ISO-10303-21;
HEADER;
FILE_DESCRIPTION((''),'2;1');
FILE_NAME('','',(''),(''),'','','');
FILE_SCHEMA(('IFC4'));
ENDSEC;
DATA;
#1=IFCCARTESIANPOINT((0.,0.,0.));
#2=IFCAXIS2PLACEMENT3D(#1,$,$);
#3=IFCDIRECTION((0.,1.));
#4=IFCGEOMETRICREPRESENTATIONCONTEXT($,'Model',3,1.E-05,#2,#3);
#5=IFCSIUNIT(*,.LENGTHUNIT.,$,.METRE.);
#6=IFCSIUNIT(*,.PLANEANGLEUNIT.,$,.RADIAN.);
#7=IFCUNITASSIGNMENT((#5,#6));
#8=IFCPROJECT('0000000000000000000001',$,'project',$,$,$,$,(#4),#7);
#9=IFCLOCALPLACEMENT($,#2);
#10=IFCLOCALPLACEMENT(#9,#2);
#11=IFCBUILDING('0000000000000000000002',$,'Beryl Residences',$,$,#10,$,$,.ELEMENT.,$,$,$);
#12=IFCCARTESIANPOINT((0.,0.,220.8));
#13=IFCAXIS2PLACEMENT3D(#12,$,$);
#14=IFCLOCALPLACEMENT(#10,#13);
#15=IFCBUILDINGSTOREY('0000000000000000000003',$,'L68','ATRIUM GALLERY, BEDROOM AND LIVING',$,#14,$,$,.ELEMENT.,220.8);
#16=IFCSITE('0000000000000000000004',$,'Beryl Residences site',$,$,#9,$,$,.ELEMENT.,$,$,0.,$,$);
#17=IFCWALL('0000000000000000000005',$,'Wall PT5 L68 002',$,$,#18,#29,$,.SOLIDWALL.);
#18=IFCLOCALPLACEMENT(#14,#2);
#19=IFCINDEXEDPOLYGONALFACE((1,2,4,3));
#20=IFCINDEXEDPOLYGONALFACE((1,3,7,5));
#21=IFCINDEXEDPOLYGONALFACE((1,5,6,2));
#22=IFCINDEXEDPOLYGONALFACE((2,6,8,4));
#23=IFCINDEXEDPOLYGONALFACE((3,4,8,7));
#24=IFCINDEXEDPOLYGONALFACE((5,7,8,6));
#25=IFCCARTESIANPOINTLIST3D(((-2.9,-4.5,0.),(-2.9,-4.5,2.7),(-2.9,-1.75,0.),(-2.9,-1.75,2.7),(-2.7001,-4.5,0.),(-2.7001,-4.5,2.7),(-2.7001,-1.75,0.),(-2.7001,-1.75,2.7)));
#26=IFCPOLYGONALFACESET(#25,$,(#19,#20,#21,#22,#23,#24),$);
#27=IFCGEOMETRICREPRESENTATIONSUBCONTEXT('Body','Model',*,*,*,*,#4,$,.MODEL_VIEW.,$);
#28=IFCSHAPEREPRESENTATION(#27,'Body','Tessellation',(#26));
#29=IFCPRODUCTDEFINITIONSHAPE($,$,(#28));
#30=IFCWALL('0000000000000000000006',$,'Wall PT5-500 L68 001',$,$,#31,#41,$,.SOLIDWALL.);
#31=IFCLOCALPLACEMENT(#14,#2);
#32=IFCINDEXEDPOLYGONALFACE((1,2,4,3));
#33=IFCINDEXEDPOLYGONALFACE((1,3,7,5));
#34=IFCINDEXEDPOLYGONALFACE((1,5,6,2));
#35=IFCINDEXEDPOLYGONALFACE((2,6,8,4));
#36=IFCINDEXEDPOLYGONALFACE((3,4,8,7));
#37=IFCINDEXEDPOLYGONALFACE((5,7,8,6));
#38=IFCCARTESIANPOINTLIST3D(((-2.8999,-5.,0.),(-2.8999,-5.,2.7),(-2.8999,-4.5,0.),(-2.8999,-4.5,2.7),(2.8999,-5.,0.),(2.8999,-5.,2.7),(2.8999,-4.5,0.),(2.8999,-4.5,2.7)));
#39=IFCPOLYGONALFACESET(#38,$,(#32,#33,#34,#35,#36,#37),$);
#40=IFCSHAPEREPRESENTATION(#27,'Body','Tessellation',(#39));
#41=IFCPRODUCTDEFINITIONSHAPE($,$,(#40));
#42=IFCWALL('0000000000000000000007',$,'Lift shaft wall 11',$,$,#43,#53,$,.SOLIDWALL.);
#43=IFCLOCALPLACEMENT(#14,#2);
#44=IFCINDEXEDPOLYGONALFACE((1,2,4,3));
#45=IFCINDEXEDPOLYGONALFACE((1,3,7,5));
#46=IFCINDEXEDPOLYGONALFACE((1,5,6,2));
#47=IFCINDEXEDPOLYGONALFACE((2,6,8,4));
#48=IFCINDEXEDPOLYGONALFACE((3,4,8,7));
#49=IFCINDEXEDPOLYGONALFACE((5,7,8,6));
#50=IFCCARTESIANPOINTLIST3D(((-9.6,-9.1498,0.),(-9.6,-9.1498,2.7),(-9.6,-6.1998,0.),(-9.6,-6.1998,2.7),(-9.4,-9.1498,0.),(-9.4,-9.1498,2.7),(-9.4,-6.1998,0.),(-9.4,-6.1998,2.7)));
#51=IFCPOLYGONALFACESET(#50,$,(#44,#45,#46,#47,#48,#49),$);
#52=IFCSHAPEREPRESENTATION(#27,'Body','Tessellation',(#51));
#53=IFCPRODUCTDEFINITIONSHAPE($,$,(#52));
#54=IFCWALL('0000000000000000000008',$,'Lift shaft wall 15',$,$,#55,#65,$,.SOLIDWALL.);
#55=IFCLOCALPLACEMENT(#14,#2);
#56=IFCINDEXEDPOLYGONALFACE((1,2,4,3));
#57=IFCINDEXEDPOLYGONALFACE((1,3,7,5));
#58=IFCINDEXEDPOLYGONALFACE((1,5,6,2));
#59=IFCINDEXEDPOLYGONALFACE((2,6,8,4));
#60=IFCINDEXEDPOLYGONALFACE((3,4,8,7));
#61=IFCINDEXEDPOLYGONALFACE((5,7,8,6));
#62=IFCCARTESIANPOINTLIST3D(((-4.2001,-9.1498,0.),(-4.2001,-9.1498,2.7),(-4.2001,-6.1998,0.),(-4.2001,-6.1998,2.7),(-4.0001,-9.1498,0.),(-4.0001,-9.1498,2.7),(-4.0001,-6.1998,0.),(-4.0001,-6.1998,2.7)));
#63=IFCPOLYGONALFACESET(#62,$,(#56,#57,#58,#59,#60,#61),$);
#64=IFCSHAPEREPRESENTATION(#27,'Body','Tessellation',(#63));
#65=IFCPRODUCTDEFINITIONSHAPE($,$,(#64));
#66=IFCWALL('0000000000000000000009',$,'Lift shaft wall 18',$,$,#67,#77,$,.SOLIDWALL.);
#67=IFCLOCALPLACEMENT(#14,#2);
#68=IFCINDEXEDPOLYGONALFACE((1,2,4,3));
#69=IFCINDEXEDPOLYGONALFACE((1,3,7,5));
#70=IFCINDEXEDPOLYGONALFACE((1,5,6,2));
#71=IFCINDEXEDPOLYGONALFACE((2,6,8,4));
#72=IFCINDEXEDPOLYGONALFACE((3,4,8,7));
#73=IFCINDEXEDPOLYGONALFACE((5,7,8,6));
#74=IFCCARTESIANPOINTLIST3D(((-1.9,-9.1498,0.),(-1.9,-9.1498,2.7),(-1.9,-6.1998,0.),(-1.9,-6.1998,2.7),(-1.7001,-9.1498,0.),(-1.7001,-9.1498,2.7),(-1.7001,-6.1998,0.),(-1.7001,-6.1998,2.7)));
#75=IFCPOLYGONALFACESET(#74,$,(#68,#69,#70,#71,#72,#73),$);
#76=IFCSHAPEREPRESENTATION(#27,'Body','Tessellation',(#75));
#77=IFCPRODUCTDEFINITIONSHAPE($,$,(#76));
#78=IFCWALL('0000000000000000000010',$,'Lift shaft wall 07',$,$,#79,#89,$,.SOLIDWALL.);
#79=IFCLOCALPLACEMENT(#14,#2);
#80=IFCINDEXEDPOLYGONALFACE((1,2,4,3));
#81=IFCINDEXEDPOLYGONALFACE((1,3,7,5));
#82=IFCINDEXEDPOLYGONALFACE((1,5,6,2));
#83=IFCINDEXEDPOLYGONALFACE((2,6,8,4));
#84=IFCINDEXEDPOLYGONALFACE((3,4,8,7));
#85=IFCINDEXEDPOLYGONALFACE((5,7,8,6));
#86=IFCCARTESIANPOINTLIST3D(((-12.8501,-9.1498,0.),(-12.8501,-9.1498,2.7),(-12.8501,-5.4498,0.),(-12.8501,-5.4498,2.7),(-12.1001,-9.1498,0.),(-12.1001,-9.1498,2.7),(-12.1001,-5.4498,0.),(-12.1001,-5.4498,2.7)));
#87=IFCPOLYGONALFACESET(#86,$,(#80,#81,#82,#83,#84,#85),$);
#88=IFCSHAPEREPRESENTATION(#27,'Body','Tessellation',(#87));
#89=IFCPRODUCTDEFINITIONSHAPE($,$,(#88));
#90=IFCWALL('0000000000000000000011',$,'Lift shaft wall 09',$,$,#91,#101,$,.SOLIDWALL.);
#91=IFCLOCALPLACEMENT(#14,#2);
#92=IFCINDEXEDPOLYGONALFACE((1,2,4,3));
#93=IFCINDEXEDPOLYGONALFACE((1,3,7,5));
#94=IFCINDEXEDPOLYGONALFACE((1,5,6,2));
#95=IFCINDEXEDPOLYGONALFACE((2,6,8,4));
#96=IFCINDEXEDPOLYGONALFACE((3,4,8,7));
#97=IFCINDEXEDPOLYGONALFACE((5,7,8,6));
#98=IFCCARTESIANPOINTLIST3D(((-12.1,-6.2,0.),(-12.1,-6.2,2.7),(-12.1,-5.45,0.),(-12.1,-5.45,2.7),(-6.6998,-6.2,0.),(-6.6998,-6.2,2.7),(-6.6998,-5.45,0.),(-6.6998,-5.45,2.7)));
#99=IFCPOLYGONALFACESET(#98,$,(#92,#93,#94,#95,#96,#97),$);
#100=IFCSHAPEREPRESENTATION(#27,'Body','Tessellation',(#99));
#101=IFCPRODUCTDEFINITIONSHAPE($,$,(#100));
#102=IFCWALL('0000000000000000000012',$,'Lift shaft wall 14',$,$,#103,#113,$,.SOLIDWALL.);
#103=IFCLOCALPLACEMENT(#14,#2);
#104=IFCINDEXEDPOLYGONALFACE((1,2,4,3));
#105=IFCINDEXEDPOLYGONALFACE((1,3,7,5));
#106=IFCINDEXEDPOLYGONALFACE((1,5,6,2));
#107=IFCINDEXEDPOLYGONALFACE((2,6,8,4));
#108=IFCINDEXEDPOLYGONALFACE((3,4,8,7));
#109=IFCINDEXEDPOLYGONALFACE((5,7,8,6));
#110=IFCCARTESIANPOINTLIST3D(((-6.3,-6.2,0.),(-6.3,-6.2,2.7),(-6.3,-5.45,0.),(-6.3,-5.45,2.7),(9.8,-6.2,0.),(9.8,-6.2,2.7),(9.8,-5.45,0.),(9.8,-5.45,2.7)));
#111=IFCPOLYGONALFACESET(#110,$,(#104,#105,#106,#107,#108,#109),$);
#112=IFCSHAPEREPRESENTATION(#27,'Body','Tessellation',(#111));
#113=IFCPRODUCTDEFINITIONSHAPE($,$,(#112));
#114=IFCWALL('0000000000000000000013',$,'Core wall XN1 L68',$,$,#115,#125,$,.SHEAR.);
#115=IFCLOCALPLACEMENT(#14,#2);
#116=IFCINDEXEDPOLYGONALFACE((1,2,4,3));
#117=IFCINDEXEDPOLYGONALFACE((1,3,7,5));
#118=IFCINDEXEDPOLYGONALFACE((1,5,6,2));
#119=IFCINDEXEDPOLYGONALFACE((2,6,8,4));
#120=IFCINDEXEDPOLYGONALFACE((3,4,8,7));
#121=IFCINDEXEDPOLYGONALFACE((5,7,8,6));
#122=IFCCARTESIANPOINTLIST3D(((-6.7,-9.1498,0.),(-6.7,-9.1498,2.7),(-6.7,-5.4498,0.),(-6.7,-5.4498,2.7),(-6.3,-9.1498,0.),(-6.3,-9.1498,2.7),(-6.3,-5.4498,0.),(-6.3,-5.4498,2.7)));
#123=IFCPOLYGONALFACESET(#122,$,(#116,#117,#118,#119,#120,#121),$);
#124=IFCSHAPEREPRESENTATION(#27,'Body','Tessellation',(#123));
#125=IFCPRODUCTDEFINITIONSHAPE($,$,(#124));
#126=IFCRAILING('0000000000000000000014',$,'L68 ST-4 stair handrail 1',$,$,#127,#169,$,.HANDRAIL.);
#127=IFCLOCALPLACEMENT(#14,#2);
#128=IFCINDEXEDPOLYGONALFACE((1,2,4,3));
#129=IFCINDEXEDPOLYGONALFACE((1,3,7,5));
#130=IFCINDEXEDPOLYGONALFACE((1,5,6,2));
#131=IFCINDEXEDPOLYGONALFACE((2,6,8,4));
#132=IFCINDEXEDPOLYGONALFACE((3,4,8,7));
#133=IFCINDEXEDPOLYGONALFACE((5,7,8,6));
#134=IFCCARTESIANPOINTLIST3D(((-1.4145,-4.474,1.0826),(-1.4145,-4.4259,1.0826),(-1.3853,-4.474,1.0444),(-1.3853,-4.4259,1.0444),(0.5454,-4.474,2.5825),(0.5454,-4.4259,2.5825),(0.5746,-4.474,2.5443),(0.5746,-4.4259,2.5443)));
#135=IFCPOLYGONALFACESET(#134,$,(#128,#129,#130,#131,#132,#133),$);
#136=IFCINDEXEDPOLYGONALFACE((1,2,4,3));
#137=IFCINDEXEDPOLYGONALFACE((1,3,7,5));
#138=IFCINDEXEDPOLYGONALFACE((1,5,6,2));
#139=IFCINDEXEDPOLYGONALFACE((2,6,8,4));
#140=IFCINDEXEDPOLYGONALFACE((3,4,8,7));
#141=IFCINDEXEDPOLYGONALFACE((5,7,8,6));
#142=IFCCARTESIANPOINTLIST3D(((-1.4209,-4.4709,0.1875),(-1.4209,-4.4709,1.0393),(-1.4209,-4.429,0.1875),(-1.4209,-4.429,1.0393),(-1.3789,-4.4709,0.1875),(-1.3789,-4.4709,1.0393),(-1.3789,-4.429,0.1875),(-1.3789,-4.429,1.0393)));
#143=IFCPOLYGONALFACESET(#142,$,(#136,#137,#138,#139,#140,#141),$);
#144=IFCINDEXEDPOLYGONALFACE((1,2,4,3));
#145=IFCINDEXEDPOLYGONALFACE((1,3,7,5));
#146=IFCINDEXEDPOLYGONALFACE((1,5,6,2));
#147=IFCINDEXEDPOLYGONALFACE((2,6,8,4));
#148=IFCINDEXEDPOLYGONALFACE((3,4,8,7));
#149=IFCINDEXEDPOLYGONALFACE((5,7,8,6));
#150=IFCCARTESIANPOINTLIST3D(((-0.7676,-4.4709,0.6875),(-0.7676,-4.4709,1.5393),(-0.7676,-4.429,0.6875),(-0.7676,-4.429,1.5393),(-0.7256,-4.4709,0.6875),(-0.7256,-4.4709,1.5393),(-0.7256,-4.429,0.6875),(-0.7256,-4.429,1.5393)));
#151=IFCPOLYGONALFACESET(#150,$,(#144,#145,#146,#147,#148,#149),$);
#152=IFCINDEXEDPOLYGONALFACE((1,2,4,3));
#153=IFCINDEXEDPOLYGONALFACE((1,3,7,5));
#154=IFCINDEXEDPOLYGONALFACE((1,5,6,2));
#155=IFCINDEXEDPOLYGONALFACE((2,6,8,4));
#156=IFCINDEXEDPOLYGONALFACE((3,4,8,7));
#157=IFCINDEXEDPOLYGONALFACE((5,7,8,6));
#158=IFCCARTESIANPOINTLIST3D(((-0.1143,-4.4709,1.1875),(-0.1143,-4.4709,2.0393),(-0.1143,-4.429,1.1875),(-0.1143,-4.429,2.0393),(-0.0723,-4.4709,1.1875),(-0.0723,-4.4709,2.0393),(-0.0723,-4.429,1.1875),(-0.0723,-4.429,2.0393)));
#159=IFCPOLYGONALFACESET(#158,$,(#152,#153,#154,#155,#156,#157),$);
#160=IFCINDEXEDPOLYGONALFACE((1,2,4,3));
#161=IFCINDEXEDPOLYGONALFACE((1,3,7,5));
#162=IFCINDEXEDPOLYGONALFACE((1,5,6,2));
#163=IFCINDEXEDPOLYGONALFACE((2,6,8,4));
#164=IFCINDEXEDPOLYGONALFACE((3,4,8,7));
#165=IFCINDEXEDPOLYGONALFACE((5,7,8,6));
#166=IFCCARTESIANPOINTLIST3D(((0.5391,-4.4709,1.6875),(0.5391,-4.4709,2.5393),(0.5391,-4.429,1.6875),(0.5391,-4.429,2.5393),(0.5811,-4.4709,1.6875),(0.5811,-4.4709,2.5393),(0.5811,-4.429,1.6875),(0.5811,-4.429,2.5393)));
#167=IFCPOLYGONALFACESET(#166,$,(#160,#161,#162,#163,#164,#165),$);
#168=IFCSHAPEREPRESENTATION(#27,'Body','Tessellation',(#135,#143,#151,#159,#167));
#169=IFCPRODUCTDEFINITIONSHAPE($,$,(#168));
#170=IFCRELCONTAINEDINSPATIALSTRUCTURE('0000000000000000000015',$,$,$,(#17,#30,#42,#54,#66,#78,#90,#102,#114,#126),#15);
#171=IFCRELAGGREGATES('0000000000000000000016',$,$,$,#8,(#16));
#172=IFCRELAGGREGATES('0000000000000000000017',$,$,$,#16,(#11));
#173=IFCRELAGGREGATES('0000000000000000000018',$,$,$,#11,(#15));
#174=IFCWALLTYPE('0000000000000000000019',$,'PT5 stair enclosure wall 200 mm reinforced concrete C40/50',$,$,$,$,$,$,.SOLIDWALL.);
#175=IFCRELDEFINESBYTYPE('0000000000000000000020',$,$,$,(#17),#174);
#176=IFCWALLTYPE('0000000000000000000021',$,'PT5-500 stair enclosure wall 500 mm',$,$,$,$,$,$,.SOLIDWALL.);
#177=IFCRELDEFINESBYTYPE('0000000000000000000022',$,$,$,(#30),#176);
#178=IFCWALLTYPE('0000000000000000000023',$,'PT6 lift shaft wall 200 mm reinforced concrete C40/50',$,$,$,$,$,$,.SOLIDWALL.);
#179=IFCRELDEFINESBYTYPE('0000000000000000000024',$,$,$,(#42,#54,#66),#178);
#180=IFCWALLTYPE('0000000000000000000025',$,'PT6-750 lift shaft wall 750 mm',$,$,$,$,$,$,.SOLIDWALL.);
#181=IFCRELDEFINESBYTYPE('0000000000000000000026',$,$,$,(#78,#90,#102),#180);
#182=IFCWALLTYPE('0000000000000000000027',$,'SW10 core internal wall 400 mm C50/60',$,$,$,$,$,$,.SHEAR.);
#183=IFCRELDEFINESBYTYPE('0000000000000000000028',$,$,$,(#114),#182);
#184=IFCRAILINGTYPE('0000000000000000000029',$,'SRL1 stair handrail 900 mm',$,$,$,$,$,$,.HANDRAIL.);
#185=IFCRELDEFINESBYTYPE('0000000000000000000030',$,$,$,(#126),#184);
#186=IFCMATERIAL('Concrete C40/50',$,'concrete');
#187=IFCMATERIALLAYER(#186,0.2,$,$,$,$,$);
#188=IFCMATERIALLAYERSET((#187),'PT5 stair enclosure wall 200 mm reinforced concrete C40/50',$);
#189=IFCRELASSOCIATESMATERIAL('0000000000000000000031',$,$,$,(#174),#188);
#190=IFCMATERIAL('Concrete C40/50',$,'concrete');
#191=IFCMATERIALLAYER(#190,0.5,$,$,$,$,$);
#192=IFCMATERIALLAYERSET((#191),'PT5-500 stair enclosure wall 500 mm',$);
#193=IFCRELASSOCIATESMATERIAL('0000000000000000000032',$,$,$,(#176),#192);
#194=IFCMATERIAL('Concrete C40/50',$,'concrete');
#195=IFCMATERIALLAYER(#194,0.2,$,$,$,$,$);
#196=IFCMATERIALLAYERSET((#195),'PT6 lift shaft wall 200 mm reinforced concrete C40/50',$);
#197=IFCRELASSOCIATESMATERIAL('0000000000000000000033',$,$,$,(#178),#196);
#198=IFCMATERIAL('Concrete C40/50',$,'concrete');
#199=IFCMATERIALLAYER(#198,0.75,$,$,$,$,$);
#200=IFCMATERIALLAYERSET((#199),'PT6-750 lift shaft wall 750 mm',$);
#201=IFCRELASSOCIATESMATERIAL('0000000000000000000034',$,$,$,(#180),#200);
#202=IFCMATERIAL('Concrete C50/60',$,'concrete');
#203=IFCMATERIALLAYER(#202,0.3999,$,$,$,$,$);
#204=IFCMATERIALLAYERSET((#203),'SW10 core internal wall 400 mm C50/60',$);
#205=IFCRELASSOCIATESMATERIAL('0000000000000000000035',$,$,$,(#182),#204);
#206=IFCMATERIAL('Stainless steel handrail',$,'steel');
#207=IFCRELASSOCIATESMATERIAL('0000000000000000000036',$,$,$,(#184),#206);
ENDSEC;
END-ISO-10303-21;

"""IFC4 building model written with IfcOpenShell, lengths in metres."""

from ifc_helpers import new_model, si_unit, direction, frame, frame_2d, origin, origin_2d, place, context, subcontext, project, spatial, rectangle, extrude, material, layer, layer_set, type_object, element, save


model = new_model("IFC4")

# Units and contexts
model_context = context("Model", 3, precision=1e-05, world=origin(), true_north=direction((0.0, 1.0)))
body_context = subcontext(model_context, "Body", "Model", "MODEL_VIEW")
ifc_project = project(units=[si_unit("LENGTHUNIT", "METRE"), si_unit("PLANEANGLEUNIT", "RADIAN")], contexts=[model_context])

# Site, building, storey
site_placement = place(None, origin())
site = spatial("IfcSite", under=ifc_project, at=site_placement, Name="Beryl Residences site", CompositionType="ELEMENT", RefElevation=0.0)
building_placement = place(site_placement, origin())
building = spatial("IfcBuilding", under=site, at=building_placement, Name="Beryl Residences", CompositionType="ELEMENT")
storey_placement = place(building_placement, frame((0.0, 0.0, 220.8)))
storey = spatial("IfcBuildingStorey", under=building, at=storey_placement, Name="L68", Description="ATRIUM GALLERY, BEDROOM AND LIVING", CompositionType="ELEMENT", Elevation=220.8)

# Walls
ifc_material_1 = material(Name="Concrete C40/50", Category="concrete")
ifc_layer_1 = layer(ifc_material_1, 0.2)
ifc_layer_set_1 = layer_set([ifc_layer_1], Name="PT5 stair enclosure wall 200 mm reinforced concrete C40/50")
wall_type_1 = type_object("IfcWallType", Name="PT5 stair enclosure wall 200 mm reinforced concrete C40/50", PredefinedType="SOLIDWALL", material=ifc_layer_set_1)
wall_1_placement = place(storey_placement, frame((-2.8, -4.5, 0.0), z_axis=(0.0, 0.0, 1.0), x_axis=(0.0, 1.0, 0.0)))
element("IfcWall", 1, at=wall_1_placement, inside=storey, type_object=wall_type_1, Name="Wall PT5 L68 002", PredefinedType="SOLIDWALL", context=body_context, shape_type="SweptSolid", body=[
    extrude(rectangle(XDim=2.75, YDim=0.2, at=frame_2d((1.375, 0.0))), origin(), (0.0, 0.0, 1.0), 2.7),
])
ifc_material_2 = material(Name="Concrete C40/50", Category="concrete")
ifc_layer_2 = layer(ifc_material_2, 0.5)
ifc_layer_set_2 = layer_set([ifc_layer_2], Name="PT5-500 stair enclosure wall 500 mm")
wall_type_2 = type_object("IfcWallType", Name="PT5-500 stair enclosure wall 500 mm", PredefinedType="SOLIDWALL", material=ifc_layer_set_2)
wall_2_placement = place(storey_placement, frame((-2.8999, -4.75, 0.0), z_axis=(0.0, 0.0, 1.0), x_axis=(1.0, 0.0, 0.0)))
element("IfcWall", 2, at=wall_2_placement, inside=storey, type_object=wall_type_2, Name="Wall PT5-500 L68 001", PredefinedType="SOLIDWALL", context=body_context, shape_type="SweptSolid", body=[
    extrude(rectangle(XDim=5.7998, YDim=0.5, at=frame_2d((2.8999, 0.0))), origin(), (0.0, 0.0, 1.0), 2.7),
])
ifc_material_3 = material(Name="Concrete C40/50", Category="concrete")
ifc_layer_3 = layer(ifc_material_3, 0.2)
ifc_layer_set_3 = layer_set([ifc_layer_3], Name="PT6 lift shaft wall 200 mm reinforced concrete C40/50")
wall_type_3 = type_object("IfcWallType", Name="PT6 lift shaft wall 200 mm reinforced concrete C40/50", PredefinedType="SOLIDWALL", material=ifc_layer_set_3)
for number, where, z_axis, x_axis, name in (
    (3, (-9.5, -9.1499, 0.0), (0.0, 0.0, 1.0), (0.0, 1.0, 0.0), "Lift shaft wall 11"),
    (4, (-4.1001, -9.1499, 0.0), (0.0, 0.0, 1.0), (0.0, 1.0, 0.0), "Lift shaft wall 15"),
    (5, (-1.8, -9.1499, 0.0), (0.0, 0.0, 1.0), (0.0, 1.0, 0.0), "Lift shaft wall 18"),
):
    element("IfcWall", number, at=place(storey_placement, frame(where, z_axis=z_axis, x_axis=x_axis)), inside=storey, type_object=wall_type_3, Name=name, PredefinedType="SOLIDWALL", context=body_context, shape_type="SweptSolid", body=[
        extrude(rectangle(XDim=2.95, YDim=0.2, at=frame_2d((1.4751, 0.0))), origin(), (0.0, 0.0, 1.0), 2.7),
    ])
ifc_material_4 = material(Name="Concrete C40/50", Category="concrete")
ifc_layer_4 = layer(ifc_material_4, 0.75)
ifc_layer_set_4 = layer_set([ifc_layer_4], Name="PT6-750 lift shaft wall 750 mm")
wall_type_4 = type_object("IfcWallType", Name="PT6-750 lift shaft wall 750 mm", PredefinedType="SOLIDWALL", material=ifc_layer_set_4)
wall_3_placement = place(storey_placement, frame((-12.4751, -9.1499, 0.0), z_axis=(0.0, 0.0, 1.0), x_axis=(0.0, 1.0, 0.0)))
element("IfcWall", 6, at=wall_3_placement, inside=storey, type_object=wall_type_4, Name="Lift shaft wall 07", PredefinedType="SOLIDWALL", context=body_context, shape_type="SweptSolid", body=[
    extrude(rectangle(XDim=3.7, YDim=0.75, at=frame_2d((1.8501, 0.0))), origin(), (0.0, 0.0, 1.0), 2.7),
])
wall_4_placement = place(storey_placement, frame((-12.1001, -5.825, 0.0), z_axis=(0.0, 0.0, 1.0), x_axis=(1.0, 0.0, 0.0)))
element("IfcWall", 7, at=wall_4_placement, inside=storey, type_object=wall_type_4, Name="Lift shaft wall 09", PredefinedType="SOLIDWALL", context=body_context, shape_type="SweptSolid", body=[
    extrude(rectangle(XDim=5.4001, YDim=0.75, at=frame_2d((2.7002, 0.0))), origin(), (0.0, 0.0, 1.0), 2.7),
])
wall_5_placement = place(storey_placement, frame((-6.3, -5.825, 0.0), z_axis=(0.0, 0.0, 1.0), x_axis=(1.0, 0.0, 0.0)))
element("IfcWall", 8, at=wall_5_placement, inside=storey, type_object=wall_type_4, Name="Lift shaft wall 14", PredefinedType="SOLIDWALL", context=body_context, shape_type="SweptSolid", body=[
    extrude(rectangle(XDim=16.1001, YDim=0.75, at=frame_2d((8.05, 0.0))), origin(), (0.0, 0.0, 1.0), 2.7),
])
ifc_material_5 = material(Name="Concrete C50/60", Category="concrete")
ifc_layer_5 = layer(ifc_material_5, 0.3999)
ifc_layer_set_5 = layer_set([ifc_layer_5], Name="SW10 core internal wall 400 mm C50/60")
wall_type_5 = type_object("IfcWallType", Name="SW10 core internal wall 400 mm C50/60", PredefinedType="SHEAR", material=ifc_layer_set_5)
wall_6_placement = place(storey_placement, frame((-6.5, -9.1499, 0.0), z_axis=(0.0, 0.0, 1.0), x_axis=(0.0, 1.0, 0.0)))
element("IfcWall", 9, at=wall_6_placement, inside=storey, type_object=wall_type_5, Name="Core wall XN1 L68", PredefinedType="SHEAR", context=body_context, shape_type="SweptSolid", body=[
    extrude(rectangle(XDim=3.7, YDim=0.3999, at=frame_2d((1.8501, 0.0))), origin(), (0.0, 0.0, 1.0), 2.7),
])

# Railing
ifc_material_6 = material(Name="Stainless steel handrail", Category="steel")
railing_type = type_object("IfcRailingType", Name="SRL1 stair handrail 900 mm", PredefinedType="HANDRAIL", material=ifc_material_6)
railing_placement = place(storey_placement, frame((-1.3999, -4.45, 0.1875)))
element("IfcRailing", 10, at=railing_placement, inside=storey, type_object=railing_type, Name="L68 ST-4 stair handrail 1", PredefinedType="HANDRAIL", context=body_context, shape_type="SweptSolid", body=[
    extrude(rectangle(XDim=0.0481, YDim=0.0481, at=origin_2d()), frame((0.0, 0.0, 0.876), z_axis=(0.794122, 0.0, 0.607758), x_axis=(0.0, 1.0, 0.0)), (0.0, 0.0, 1.0), 2.468),
    extrude(rectangle(XDim=0.042, YDim=0.042, at=origin_2d()), origin(), (0.0, 0.0, 1.0), 0.8518),
    extrude(rectangle(XDim=0.042, YDim=0.042, at=origin_2d()), frame((0.6533, 0.0, 0.5)), (0.0, 0.0, 1.0), 0.8518),
    extrude(rectangle(XDim=0.042, YDim=0.042, at=origin_2d()), frame((1.3066, 0.0, 1.0)), (0.0, 0.0, 1.0), 0.8518),
    extrude(rectangle(XDim=0.042, YDim=0.042, at=origin_2d()), frame((1.96, 0.0, 1.5)), (0.0, 0.0, 1.0), 0.8518),
])

save(model, "model.ifc")
